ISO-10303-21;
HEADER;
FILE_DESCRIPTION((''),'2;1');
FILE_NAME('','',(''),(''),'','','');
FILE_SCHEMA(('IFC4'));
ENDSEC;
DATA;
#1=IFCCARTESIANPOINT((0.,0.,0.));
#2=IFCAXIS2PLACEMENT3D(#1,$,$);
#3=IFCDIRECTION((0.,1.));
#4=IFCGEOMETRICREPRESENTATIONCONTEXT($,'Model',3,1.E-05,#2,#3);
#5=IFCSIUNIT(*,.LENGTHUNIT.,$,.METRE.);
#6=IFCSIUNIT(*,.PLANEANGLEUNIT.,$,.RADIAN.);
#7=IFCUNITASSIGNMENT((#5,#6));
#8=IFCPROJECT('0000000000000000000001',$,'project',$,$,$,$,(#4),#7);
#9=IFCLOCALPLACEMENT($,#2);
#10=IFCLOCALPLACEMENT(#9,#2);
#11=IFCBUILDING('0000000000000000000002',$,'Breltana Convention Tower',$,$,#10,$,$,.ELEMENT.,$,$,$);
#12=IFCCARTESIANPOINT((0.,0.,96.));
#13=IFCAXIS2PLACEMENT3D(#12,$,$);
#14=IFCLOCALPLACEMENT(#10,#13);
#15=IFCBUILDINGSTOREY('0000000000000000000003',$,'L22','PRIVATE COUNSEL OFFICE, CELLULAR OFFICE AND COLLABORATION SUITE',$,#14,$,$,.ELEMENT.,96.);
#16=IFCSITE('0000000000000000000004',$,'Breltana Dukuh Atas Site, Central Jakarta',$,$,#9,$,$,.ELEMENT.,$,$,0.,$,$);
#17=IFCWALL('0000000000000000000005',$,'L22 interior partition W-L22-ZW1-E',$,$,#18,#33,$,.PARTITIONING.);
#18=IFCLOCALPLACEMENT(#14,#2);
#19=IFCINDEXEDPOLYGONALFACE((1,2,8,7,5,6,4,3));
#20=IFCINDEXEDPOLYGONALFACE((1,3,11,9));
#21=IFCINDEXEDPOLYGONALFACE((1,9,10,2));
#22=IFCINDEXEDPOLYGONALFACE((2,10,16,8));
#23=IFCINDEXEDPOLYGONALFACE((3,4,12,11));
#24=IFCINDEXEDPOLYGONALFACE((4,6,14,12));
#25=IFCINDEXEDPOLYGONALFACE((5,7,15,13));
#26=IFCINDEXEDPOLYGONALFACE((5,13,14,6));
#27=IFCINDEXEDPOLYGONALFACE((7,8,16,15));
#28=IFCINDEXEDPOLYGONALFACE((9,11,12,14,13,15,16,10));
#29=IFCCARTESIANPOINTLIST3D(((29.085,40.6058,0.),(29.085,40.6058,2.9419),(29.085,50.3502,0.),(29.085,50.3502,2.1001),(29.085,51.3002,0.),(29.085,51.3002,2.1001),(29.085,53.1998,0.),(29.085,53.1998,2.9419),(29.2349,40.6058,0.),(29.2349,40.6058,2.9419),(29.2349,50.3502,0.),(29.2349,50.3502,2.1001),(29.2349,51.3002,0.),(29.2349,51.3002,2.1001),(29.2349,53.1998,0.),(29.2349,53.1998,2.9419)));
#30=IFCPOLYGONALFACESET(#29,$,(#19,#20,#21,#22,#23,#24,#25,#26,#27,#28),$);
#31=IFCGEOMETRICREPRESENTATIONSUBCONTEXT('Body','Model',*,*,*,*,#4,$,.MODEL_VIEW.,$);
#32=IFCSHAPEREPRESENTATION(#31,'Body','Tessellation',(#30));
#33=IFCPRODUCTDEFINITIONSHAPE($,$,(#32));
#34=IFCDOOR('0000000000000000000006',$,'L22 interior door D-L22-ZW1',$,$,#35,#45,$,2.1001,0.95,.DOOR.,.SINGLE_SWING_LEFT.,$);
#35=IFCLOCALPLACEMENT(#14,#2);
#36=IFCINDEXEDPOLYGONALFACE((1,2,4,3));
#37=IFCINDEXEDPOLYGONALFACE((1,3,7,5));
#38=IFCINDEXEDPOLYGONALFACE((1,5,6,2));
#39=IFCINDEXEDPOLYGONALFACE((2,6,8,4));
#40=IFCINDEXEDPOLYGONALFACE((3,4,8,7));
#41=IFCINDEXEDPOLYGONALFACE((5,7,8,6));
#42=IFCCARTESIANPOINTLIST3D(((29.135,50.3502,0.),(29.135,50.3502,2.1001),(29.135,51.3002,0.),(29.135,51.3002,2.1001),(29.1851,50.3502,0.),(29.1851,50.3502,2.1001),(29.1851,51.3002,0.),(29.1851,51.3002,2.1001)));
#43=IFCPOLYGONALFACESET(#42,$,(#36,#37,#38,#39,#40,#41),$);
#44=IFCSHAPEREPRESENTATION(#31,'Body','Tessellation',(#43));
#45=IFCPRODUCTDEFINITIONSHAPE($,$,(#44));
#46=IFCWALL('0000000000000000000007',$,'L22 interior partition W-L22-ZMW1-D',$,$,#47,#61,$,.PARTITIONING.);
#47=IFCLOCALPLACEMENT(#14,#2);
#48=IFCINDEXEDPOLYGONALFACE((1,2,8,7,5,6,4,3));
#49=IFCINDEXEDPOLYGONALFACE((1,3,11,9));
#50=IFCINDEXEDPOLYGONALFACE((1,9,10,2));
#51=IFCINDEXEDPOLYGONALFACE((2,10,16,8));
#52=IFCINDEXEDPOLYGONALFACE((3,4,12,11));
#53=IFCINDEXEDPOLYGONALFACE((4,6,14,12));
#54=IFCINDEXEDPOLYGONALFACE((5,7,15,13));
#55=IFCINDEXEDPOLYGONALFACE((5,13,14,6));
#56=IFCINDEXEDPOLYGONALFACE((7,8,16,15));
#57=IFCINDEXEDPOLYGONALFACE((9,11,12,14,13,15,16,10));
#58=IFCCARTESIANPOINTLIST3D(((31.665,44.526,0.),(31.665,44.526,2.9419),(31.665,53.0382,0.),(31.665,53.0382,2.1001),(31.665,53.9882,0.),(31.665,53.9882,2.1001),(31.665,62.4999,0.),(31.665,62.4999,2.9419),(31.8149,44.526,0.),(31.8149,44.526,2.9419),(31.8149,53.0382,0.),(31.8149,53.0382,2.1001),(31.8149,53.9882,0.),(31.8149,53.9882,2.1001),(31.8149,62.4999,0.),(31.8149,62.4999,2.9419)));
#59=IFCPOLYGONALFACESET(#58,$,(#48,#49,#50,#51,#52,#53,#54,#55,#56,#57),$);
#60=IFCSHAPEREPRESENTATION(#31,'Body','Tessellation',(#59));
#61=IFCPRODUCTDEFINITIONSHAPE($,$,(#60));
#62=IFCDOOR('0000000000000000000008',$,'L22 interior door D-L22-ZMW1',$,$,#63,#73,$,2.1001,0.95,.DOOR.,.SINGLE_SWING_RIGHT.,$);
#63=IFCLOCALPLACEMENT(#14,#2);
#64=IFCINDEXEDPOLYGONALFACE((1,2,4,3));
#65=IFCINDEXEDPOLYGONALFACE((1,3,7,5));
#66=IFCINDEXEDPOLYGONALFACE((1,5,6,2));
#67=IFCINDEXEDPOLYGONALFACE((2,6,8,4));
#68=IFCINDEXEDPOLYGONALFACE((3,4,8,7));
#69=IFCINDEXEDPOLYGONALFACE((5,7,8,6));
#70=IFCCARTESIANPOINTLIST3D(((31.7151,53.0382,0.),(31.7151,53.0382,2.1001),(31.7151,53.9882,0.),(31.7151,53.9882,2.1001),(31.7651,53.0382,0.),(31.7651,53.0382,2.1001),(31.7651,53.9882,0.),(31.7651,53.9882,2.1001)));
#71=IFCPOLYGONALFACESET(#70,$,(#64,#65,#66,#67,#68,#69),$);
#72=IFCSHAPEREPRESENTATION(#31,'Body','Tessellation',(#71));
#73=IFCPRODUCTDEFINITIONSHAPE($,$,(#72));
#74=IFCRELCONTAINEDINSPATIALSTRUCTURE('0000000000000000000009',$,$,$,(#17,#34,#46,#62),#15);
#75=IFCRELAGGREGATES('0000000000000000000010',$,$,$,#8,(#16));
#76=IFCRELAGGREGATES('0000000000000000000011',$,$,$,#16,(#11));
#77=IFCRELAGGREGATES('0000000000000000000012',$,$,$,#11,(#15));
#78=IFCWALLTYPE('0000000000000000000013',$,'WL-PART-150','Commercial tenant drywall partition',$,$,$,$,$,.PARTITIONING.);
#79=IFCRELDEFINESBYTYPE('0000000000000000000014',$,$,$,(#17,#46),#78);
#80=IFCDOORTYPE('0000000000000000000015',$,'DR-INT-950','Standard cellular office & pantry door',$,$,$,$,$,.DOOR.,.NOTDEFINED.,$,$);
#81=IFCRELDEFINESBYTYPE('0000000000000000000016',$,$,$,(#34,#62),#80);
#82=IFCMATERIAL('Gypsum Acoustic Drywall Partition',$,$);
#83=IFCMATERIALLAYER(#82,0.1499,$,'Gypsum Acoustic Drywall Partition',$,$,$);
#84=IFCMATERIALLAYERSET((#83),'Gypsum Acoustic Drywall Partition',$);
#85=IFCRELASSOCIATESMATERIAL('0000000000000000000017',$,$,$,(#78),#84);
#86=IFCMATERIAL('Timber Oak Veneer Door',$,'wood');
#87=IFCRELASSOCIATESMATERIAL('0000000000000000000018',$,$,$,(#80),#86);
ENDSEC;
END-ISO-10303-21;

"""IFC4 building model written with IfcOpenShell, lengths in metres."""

from ifc_helpers import new_model, si_unit, direction, frame, frame_2d, origin, place, context, subcontext, project, spatial, rectangle, extrude, source, transform, mapped, material, layer, layer_set, type_object, type_shapes, element, fill, save


model = new_model("IFC4")

# Units and contexts
model_context = context("Model", 3, precision=1e-05, world=origin(), true_north=direction((0.0, 1.0)))
body_context = subcontext(model_context, "Body", "Model", "MODEL_VIEW")
ifc_project = project(units=[si_unit("LENGTHUNIT", "METRE"), si_unit("PLANEANGLEUNIT", "RADIAN")], contexts=[model_context])

# Site, building, storey
site_placement = place(None, origin())
site = spatial("IfcSite", under=ifc_project, at=site_placement, Name="Breltana Dukuh Atas Site, Central Jakarta", CompositionType="ELEMENT", RefElevation=0.0)
building_placement = place(site_placement, origin())
building = spatial("IfcBuilding", under=site, at=building_placement, Name="Breltana Convention Tower", CompositionType="ELEMENT")
storey_placement = place(building_placement, frame((0.0, 0.0, 96.0)))
storey = spatial("IfcBuildingStorey", under=building, at=storey_placement, Name="L22", Description="PRIVATE COUNSEL OFFICE, CELLULAR OFFICE AND COLLABORATION SUITE", CompositionType="ELEMENT", Elevation=96.0)

# Walls, openings, doors
ifc_material_1 = material(Name="Gypsum Acoustic Drywall Partition")
ifc_layer_1 = layer(ifc_material_1, 0.1499, Name="Gypsum Acoustic Drywall Partition")
ifc_layer_set_1 = layer_set([ifc_layer_1], Name="Gypsum Acoustic Drywall Partition")
wall_type_1 = type_object("IfcWallType", Name="WL-PART-150", Description="Commercial tenant drywall partition", PredefinedType="PARTITIONING", material=ifc_layer_set_1)
shared_shape_1 = source(origin(), body_context, "Body", "SweptSolid", [
    extrude(rectangle(XDim=12.594, YDim=0.1499, at=frame_2d((6.2969, 0.0))), origin(), (0.0, 0.0, 1.0), 2.9419),
])
wall_1_placement = place(storey_placement, frame((29.1599, 40.606, 0.0), z_axis=(0.0, 0.0, 1.0), x_axis=(0.0, 1.0, 0.0)))
wall_1 = element("IfcWall", 1, at=wall_1_placement, inside=storey, type_object=wall_type_1, Name="L22 interior partition W-L22-ZW1-E", PredefinedType="PARTITIONING", context=body_context, shape_type="MappedRepresentation", body=[
    mapped(shared_shape_1, transform((0.0, 0.0, 0.0), scale=1.0)),
])
opening_1_placement = place(wall_1_placement, frame((9.7441, 0.0, 0.0)))
opening_1 = element("IfcOpeningElement", 2, at=opening_1_placement, cuts=wall_1, PredefinedType="OPENING", context=body_context, shape_type="SweptSolid", body=[
    extrude(rectangle(XDim=0.95, YDim=2.1001, at=frame_2d((0.4751, 1.05))), frame((0.0, 0.085, 0.0), z_axis=(0.0, -1.0, 0.0), x_axis=(1.0, 0.0, 0.0)), (0.0, 0.0, 1.0), 0.1699),
])
ifc_material_2 = material(Name="Timber Oak Veneer Door", Category="wood")
door_type = type_object("IfcDoorType", Name="DR-INT-950", Description="Standard cellular office & pantry door", OperationType="NOTDEFINED", PredefinedType="DOOR", material=ifc_material_2)
shared_shape_2 = source(origin(), body_context, "Body", "SweptSolid", [
    extrude(rectangle(XDim=0.95, YDim=2.1001, at=frame_2d((0.4751, 1.05))), frame((0.0, 0.0249, 0.0), z_axis=(0.0, -1.0, 0.0), x_axis=(1.0, 0.0, 0.0)), (0.0, 0.0, 1.0), 0.05),
])
type_shapes(door_type, [shared_shape_2])
door_1_placement = place(opening_1_placement, origin())
door_1 = element("IfcDoor", 3, at=door_1_placement, inside=storey, type_object=door_type, Name="L22 interior door D-L22-ZW1", OperationType="SINGLE_SWING_LEFT", OverallHeight=2.1001, OverallWidth=0.95, PredefinedType="DOOR", context=body_context, shape_type="MappedRepresentation", body=[
    mapped(shared_shape_2, transform((0.0, 0.0, 0.0), scale=1.0)),
])
fill(opening_1, door_1)
shared_shape_3 = source(origin(), body_context, "Body", "SweptSolid", [
    extrude(rectangle(XDim=17.9739, YDim=0.1499, at=frame_2d((8.9868, 0.0))), origin(), (0.0, 0.0, 1.0), 2.9419),
])
wall_2_placement = place(storey_placement, frame((31.74, 44.5261, 0.0), z_axis=(0.0, 0.0, 1.0), x_axis=(0.0, 1.0, 0.0)))
wall_2 = element("IfcWall", 4, at=wall_2_placement, inside=storey, type_object=wall_type_1, Name="L22 interior partition W-L22-ZMW1-D", PredefinedType="PARTITIONING", context=body_context, shape_type="MappedRepresentation", body=[
    mapped(shared_shape_3, transform((0.0, 0.0, 0.0), scale=1.0)),
])
opening_2_placement = place(wall_2_placement, frame((8.512, 0.0, 0.0)))
opening_2 = element("IfcOpeningElement", 5, at=opening_2_placement, cuts=wall_2, PredefinedType="OPENING", context=body_context, shape_type="SweptSolid", body=[
    extrude(rectangle(XDim=0.95, YDim=2.1001, at=frame_2d((0.4751, 1.05))), frame((0.0, 0.085, 0.0), z_axis=(0.0, -1.0, 0.0), x_axis=(1.0, 0.0, 0.0)), (0.0, 0.0, 1.0), 0.1699),
])
door_2_placement = place(opening_2_placement, origin())
door_2 = element("IfcDoor", 6, at=door_2_placement, inside=storey, type_object=door_type, Name="L22 interior door D-L22-ZMW1", OperationType="SINGLE_SWING_RIGHT", OverallHeight=2.1001, OverallWidth=0.95, PredefinedType="DOOR", context=body_context, shape_type="MappedRepresentation", body=[
    mapped(shared_shape_2, transform((0.0, 0.0, 0.0), scale=1.0)),
])
fill(opening_2, door_2)

save(model, "model.ifc")
